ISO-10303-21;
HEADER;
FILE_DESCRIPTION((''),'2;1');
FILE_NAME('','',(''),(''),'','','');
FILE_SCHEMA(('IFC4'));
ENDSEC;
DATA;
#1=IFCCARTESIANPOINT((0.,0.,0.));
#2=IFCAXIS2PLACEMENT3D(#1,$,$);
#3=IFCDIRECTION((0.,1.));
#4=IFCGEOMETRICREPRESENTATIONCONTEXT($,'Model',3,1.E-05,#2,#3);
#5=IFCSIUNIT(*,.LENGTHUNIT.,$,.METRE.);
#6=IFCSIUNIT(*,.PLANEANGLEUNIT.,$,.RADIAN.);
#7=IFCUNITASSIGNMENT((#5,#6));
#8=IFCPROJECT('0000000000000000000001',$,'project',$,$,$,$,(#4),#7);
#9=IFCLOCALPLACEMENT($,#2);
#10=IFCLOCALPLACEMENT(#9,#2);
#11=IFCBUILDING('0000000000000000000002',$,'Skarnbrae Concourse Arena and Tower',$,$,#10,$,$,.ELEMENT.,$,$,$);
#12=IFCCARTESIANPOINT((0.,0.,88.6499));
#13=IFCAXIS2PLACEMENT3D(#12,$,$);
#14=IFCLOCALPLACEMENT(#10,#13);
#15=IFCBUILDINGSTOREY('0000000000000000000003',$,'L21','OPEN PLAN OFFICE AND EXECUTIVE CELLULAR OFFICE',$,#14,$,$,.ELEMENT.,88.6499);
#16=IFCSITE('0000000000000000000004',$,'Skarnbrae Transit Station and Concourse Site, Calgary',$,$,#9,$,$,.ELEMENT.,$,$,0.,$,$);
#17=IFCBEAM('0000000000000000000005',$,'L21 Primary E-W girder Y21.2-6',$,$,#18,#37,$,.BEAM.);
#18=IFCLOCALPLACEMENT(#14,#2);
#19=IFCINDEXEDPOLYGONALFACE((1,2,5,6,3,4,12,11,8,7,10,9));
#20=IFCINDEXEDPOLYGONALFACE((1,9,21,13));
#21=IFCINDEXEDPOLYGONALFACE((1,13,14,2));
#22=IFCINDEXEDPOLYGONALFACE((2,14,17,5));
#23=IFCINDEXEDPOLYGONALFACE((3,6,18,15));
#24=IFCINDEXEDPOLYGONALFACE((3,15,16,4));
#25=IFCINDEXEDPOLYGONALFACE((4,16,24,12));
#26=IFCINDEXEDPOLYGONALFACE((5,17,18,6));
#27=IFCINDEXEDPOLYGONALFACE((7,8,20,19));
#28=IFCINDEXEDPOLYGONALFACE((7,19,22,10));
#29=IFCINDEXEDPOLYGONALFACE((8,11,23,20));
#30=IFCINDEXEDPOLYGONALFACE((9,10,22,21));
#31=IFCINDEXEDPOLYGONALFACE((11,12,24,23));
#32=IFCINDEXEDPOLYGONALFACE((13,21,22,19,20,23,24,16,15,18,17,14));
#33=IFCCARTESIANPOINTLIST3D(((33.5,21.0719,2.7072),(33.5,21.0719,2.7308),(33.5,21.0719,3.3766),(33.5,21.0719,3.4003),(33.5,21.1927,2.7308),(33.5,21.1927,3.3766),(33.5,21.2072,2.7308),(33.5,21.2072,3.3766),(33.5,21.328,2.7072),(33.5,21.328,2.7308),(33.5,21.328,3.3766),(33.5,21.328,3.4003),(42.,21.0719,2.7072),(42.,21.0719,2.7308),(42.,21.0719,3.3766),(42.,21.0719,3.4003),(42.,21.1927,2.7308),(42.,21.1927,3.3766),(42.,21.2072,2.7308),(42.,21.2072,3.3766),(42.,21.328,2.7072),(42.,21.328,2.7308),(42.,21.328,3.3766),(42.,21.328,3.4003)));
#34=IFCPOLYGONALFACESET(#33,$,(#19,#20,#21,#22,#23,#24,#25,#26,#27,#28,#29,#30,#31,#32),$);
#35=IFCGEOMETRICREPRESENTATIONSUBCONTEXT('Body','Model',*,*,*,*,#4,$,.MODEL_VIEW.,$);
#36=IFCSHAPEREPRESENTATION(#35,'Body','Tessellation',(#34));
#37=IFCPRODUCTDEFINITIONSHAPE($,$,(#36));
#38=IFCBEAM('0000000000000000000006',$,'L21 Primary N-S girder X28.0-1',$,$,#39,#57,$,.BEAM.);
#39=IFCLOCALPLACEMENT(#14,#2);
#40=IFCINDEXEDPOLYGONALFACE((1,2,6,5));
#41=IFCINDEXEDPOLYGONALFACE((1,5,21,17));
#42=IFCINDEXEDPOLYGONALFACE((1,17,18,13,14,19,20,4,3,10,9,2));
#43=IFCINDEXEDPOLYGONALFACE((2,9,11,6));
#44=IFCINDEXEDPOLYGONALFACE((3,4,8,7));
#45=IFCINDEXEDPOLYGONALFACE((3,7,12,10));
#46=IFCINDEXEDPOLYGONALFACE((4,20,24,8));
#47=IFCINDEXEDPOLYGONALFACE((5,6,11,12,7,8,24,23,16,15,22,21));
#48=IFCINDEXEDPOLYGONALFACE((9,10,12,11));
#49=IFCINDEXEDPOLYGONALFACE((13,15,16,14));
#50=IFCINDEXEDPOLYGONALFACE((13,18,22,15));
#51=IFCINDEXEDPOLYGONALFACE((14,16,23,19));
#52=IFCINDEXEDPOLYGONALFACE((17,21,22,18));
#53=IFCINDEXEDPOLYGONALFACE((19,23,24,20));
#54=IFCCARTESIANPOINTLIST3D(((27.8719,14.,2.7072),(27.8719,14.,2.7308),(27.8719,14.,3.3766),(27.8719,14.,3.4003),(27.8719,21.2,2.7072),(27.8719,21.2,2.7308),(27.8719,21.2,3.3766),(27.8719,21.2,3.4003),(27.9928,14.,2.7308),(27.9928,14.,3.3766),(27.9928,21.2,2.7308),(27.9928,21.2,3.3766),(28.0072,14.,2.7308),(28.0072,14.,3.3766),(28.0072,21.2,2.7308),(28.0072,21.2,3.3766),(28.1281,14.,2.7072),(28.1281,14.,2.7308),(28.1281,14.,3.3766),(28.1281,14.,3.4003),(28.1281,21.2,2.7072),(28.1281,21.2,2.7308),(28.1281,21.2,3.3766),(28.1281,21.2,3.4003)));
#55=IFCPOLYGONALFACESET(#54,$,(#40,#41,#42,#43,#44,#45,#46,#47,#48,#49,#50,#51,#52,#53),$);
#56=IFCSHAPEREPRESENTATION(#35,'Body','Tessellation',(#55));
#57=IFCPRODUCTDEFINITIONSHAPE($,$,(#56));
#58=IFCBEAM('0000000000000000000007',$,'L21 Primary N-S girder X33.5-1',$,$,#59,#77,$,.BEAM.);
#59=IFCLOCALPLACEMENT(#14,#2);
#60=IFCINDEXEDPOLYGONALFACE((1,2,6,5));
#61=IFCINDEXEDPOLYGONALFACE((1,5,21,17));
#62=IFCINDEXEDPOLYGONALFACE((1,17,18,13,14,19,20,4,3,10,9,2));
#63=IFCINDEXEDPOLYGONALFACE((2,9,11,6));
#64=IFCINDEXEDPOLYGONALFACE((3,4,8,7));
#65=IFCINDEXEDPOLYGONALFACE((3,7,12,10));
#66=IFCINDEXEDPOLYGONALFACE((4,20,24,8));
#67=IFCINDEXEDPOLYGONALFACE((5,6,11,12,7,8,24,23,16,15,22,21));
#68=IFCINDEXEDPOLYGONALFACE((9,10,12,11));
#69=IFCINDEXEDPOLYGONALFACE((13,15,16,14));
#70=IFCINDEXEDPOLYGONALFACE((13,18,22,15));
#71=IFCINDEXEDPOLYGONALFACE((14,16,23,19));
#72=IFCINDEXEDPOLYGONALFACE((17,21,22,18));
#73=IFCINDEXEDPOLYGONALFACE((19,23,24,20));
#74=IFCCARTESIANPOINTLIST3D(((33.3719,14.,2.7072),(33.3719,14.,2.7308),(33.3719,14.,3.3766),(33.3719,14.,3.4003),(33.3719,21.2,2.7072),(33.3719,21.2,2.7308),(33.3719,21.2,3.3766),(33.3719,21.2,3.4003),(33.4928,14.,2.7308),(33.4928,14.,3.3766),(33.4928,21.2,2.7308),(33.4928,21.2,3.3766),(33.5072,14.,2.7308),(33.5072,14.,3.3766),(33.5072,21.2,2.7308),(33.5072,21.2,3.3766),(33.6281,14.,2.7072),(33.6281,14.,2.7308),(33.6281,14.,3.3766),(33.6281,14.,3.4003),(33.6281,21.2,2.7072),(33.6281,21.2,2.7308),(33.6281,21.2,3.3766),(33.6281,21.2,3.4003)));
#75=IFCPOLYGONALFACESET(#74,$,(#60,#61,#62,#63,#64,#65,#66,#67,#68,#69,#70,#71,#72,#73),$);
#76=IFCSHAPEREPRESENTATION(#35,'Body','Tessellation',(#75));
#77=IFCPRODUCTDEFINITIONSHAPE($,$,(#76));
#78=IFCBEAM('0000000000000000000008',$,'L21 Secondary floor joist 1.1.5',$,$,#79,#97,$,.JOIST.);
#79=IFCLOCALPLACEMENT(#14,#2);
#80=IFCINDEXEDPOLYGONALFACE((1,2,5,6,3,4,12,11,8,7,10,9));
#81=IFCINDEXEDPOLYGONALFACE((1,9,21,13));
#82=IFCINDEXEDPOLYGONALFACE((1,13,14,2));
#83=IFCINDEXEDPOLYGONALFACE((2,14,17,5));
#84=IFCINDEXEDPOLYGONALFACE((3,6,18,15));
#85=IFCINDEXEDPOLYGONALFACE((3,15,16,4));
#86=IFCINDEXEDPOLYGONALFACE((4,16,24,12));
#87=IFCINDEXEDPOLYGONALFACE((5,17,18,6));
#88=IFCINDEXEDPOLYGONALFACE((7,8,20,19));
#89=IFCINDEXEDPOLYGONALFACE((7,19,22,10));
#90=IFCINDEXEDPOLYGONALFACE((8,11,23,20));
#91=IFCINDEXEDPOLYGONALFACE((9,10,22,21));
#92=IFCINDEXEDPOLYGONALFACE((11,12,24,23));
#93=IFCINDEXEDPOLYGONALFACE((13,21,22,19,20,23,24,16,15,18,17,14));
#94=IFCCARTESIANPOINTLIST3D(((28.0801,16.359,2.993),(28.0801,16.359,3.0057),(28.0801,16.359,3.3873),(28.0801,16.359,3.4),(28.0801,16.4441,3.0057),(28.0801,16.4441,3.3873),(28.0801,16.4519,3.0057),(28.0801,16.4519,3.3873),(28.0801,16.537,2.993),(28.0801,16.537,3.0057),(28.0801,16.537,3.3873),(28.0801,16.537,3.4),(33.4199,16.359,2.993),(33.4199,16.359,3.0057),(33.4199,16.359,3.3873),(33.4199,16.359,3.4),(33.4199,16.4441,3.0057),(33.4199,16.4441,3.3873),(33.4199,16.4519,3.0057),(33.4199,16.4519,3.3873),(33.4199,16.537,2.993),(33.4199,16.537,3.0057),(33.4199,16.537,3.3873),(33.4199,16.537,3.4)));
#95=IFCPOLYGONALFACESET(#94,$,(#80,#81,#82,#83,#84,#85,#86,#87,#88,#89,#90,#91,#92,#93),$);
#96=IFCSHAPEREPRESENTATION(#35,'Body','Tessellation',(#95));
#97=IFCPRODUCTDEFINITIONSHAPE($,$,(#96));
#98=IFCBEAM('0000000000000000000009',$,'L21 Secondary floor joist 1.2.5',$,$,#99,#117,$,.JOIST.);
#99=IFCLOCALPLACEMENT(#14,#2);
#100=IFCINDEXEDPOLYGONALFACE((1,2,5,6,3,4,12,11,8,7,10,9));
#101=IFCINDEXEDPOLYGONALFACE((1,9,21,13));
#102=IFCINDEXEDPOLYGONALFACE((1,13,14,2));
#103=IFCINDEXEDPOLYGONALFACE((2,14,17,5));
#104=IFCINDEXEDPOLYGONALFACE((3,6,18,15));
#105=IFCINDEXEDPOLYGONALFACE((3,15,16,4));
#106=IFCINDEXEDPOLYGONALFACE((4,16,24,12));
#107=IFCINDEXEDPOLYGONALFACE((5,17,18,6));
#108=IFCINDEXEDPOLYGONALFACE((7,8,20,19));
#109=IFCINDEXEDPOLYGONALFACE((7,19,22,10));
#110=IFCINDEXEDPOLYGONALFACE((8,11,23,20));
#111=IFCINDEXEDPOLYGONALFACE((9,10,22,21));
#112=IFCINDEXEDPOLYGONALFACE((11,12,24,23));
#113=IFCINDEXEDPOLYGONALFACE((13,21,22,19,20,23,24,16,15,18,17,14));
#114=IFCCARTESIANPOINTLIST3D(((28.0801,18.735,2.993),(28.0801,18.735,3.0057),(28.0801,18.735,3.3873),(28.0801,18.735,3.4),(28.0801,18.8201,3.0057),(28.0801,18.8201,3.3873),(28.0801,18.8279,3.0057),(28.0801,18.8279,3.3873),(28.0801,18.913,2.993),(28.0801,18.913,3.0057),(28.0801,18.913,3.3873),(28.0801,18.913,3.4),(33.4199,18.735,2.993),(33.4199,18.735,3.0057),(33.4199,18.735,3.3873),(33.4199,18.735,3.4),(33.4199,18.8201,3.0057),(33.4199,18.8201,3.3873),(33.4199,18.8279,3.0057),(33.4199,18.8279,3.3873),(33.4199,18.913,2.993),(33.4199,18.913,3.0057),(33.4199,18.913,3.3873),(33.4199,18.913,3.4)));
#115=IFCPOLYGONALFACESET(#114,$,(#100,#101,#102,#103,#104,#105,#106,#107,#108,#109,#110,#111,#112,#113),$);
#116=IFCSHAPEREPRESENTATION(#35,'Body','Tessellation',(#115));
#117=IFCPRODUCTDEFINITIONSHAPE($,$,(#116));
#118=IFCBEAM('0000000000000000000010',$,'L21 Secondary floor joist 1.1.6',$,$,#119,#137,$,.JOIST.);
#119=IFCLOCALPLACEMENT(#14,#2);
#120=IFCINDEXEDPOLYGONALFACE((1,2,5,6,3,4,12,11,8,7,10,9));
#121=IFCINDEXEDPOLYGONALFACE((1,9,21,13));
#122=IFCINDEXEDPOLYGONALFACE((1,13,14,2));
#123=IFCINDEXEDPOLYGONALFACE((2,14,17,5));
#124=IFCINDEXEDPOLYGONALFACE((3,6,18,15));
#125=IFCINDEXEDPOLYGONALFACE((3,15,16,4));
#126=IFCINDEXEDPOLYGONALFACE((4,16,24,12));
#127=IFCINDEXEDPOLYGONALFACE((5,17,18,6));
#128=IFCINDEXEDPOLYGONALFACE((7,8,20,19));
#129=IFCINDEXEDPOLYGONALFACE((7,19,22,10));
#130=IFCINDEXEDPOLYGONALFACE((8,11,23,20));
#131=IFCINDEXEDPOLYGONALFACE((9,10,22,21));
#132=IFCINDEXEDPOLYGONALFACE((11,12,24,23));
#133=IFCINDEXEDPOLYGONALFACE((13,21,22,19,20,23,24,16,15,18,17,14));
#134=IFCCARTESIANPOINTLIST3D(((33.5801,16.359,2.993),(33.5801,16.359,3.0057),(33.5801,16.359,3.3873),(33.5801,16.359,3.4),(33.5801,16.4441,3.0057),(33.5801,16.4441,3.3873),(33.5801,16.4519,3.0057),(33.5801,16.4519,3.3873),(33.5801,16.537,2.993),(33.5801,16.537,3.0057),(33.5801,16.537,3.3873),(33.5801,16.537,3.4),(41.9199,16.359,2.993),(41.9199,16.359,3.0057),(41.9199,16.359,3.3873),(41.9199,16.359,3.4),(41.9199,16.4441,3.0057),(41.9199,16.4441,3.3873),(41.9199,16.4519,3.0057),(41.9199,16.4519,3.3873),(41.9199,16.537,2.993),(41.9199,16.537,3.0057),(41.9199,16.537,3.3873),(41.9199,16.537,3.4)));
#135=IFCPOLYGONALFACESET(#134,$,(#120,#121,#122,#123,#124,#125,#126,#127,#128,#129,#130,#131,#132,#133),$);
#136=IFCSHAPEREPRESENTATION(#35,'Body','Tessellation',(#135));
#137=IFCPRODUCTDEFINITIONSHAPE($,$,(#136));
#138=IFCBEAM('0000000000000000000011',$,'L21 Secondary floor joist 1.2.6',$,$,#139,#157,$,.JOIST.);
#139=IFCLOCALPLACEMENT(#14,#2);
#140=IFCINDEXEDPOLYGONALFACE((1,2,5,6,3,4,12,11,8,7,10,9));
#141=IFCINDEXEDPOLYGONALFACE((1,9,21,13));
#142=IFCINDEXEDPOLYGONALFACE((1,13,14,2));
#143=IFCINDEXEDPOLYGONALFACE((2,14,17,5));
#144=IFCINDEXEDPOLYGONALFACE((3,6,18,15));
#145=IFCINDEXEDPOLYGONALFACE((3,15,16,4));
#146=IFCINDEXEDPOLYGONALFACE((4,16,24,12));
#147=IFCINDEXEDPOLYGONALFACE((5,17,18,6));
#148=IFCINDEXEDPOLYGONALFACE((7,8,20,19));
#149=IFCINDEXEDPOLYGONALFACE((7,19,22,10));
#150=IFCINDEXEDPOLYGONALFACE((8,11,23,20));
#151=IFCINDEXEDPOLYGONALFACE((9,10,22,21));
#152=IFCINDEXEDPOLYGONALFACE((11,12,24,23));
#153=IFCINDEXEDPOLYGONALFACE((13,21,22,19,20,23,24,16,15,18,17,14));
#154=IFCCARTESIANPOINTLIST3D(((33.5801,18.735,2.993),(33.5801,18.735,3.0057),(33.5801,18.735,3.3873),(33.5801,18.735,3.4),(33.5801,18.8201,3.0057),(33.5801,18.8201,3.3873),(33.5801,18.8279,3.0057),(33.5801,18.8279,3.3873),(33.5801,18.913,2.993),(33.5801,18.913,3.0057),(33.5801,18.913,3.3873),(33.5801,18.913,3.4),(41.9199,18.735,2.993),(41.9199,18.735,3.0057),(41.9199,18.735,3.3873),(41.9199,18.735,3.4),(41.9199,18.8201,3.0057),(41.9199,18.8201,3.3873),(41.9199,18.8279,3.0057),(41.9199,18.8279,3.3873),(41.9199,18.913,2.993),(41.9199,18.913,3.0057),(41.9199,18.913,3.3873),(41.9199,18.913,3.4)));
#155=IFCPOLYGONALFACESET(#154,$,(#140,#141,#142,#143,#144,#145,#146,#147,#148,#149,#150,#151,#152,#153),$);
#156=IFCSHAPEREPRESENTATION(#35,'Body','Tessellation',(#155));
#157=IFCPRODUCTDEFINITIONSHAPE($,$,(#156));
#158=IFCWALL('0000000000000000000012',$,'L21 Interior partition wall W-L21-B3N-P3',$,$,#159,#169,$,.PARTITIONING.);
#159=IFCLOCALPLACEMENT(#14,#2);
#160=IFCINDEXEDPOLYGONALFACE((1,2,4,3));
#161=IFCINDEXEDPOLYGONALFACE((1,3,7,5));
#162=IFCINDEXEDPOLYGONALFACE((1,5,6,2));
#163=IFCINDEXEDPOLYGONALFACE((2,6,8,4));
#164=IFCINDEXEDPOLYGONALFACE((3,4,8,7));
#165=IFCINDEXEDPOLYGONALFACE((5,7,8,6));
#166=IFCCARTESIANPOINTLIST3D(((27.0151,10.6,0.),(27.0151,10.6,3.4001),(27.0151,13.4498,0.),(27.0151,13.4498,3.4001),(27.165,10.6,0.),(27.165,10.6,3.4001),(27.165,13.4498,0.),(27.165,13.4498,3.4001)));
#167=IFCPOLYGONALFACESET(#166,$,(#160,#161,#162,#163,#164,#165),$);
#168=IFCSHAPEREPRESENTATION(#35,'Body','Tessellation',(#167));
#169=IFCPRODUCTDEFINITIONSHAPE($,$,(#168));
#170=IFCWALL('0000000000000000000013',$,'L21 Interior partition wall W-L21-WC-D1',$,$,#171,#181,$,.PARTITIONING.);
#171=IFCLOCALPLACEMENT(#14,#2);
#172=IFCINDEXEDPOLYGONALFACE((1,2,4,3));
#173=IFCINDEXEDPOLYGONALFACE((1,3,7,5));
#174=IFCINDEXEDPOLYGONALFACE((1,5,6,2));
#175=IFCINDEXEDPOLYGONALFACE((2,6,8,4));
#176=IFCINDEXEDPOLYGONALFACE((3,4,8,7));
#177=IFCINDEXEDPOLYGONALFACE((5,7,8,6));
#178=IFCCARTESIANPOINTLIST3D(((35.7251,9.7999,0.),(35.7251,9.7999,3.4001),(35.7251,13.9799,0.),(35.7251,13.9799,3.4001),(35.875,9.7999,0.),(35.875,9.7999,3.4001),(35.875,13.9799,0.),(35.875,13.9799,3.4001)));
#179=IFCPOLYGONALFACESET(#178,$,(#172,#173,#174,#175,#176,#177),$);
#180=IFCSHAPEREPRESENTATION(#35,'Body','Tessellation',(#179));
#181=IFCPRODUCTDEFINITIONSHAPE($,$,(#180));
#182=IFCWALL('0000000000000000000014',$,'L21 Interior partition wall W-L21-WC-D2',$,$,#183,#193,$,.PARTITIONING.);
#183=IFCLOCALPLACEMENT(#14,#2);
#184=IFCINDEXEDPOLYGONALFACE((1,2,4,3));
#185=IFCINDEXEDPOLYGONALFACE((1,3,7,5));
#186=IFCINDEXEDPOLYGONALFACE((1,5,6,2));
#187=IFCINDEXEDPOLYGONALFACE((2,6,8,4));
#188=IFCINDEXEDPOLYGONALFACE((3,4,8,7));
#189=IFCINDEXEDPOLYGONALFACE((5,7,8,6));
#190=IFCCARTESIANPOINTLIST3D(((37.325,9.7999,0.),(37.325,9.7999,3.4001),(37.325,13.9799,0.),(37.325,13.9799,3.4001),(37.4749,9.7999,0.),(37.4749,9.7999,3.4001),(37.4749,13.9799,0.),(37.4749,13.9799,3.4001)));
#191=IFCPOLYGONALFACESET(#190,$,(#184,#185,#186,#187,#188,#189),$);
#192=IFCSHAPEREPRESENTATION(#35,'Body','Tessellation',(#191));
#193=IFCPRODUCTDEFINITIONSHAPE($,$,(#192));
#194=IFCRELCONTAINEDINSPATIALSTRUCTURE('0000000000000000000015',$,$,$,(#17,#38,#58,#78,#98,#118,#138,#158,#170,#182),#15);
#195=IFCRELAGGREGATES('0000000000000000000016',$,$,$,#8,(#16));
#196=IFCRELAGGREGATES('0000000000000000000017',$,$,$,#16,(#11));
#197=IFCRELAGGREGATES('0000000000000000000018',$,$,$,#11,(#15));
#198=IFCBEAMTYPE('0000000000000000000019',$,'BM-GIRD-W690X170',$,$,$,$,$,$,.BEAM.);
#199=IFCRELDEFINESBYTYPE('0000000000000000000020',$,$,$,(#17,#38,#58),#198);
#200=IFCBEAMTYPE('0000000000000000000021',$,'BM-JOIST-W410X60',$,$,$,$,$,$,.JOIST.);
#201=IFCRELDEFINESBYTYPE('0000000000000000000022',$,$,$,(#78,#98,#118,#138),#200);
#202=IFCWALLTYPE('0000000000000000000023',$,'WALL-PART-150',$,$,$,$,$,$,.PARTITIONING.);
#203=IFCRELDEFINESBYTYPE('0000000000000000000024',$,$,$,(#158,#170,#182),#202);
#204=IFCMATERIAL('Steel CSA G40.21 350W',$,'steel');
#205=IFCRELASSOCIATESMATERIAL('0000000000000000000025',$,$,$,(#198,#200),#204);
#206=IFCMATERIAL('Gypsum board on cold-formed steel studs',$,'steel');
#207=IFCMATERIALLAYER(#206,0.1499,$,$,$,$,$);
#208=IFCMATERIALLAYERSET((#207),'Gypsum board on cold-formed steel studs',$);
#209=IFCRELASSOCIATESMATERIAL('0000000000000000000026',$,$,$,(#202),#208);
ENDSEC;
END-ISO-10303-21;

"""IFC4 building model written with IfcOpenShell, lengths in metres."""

from ifc_helpers import new_model, si_unit, direction, frame, frame_2d, origin, origin_2d, place, context, subcontext, project, spatial, rectangle, i_section, extrude, source, transform, mapped, material, layer, layer_set, material_profile, profile_set, type_object, element, save


model = new_model("IFC4")

# Units and contexts
model_context = context("Model", 3, precision=1e-05, world=origin(), true_north=direction((0.0, 1.0)))
body_context = subcontext(model_context, "Body", "Model", "MODEL_VIEW")
ifc_project = project(units=[si_unit("LENGTHUNIT", "METRE"), si_unit("PLANEANGLEUNIT", "RADIAN")], contexts=[model_context])

# Site, building, storey
site_placement = place(None, origin())
site = spatial("IfcSite", under=ifc_project, at=site_placement, Name="Skarnbrae Transit Station and Concourse Site, Calgary", CompositionType="ELEMENT", RefElevation=0.0)
building_placement = place(site_placement, origin())
building = spatial("IfcBuilding", under=site, at=building_placement, Name="Skarnbrae Concourse Arena and Tower", CompositionType="ELEMENT")
storey_placement = place(building_placement, frame((0.0, 0.0, 88.6499)))
storey = spatial("IfcBuildingStorey", under=building, at=storey_placement, Name="L21", Description="OPEN PLAN OFFICE AND EXECUTIVE CELLULAR OFFICE", CompositionType="ELEMENT", Elevation=88.6499)

# Shared definitions
ifc_material_1 = material(Name="Steel CSA G40.21 350W", Category="steel")

# Beams
ifc_material_profile_1 = material_profile(ifc_material_1, i_section(OverallWidth=0.2561, OverallDepth=0.6931, WebThickness=0.0144, FlangeThickness=0.0237, at=origin_2d()), Name="W690X170")
ifc_profile_set_1 = profile_set([ifc_material_profile_1], Name="Steel CSA G40.21 350W")
beam_type_1 = type_object("IfcBeamType", Name="BM-GIRD-W690X170", PredefinedType="BEAM", material=ifc_profile_set_1)
shared_shape_1 = source(origin(), body_context, "Body", "SweptSolid", [
    extrude(i_section(OverallWidth=0.2561, OverallDepth=0.6931, WebThickness=0.0144, FlangeThickness=0.0237, at=origin_2d()), origin(), (0.0, 0.0, 1.0), 8.5),
])
for number, where, z_axis, x_axis, name in (
    (1, (33.5, 21.2, 3.0537), (1.0, 0.0, 0.0), (0.0, 1.0, 0.0), "L21 Primary E-W girder Y21.2-6"),
):
    element("IfcBeam", number, at=place(storey_placement, frame(where, z_axis=z_axis, x_axis=x_axis)), inside=storey, type_object=beam_type_1, Name=name, PredefinedType="BEAM", context=body_context, shape_type="MappedRepresentation", body=[
        mapped(shared_shape_1, transform((0.0, 0.0, 0.0))),
    ])
shared_shape_2 = source(origin(), body_context, "Body", "SweptSolid", [
    extrude(i_section(OverallWidth=0.2561, OverallDepth=0.6931, WebThickness=0.0144, FlangeThickness=0.0237, at=origin_2d()), origin(), (0.0, 0.0, 1.0), 7.2),
])
for number, where, z_axis, x_axis, name in (
    (2, (28.0, 14.0, 3.0537), (0.0, 1.0, 0.0), (-1.0, 0.0, 0.0), "L21 Primary N-S girder X28.0-1"),
    (3, (33.5, 14.0, 3.0537), (0.0, 1.0, 0.0), (-1.0, 0.0, 0.0), "L21 Primary N-S girder X33.5-1"),
):
    element("IfcBeam", number, at=place(storey_placement, frame(where, z_axis=z_axis, x_axis=x_axis)), inside=storey, type_object=beam_type_1, Name=name, PredefinedType="BEAM", context=body_context, shape_type="MappedRepresentation", body=[
        mapped(shared_shape_2, transform((0.0, 0.0, 0.0))),
    ])
ifc_material_profile_2 = material_profile(ifc_material_1, i_section(OverallWidth=0.178, OverallDepth=0.407, WebThickness=0.0078, FlangeThickness=0.0127, at=origin_2d()), Name="W410X60")
ifc_profile_set_2 = profile_set([ifc_material_profile_2], Name="Steel CSA G40.21 350W")
beam_type_2 = type_object("IfcBeamType", Name="BM-JOIST-W410X60", PredefinedType="JOIST", material=ifc_profile_set_2)
shared_shape_3 = source(origin(), body_context, "Body", "SweptSolid", [
    extrude(i_section(OverallWidth=0.178, OverallDepth=0.407, WebThickness=0.0078, FlangeThickness=0.0127, at=origin_2d()), origin(), (0.0, 0.0, 1.0), 5.3398),
])
for number, where, z_axis, x_axis, name in (
    (4, (28.0801, 16.448, 3.1965), (1.0, 0.0, 0.0), (0.0, 1.0, 0.0), "L21 Secondary floor joist 1.1.5"),
    (5, (28.0801, 18.824, 3.1965), (1.0, 0.0, 0.0), (0.0, 1.0, 0.0), "L21 Secondary floor joist 1.2.5"),
):
    element("IfcBeam", number, at=place(storey_placement, frame(where, z_axis=z_axis, x_axis=x_axis)), inside=storey, type_object=beam_type_2, Name=name, PredefinedType="JOIST", context=body_context, shape_type="MappedRepresentation", body=[
        mapped(shared_shape_3, transform((0.0, 0.0, 0.0))),
    ])
shared_shape_4 = source(origin(), body_context, "Body", "SweptSolid", [
    extrude(i_section(OverallWidth=0.178, OverallDepth=0.407, WebThickness=0.0078, FlangeThickness=0.0127, at=origin_2d()), origin(), (0.0, 0.0, 1.0), 8.3398),
])
for number, where, z_axis, x_axis, name in (
    (6, (33.5801, 16.448, 3.1965), (1.0, 0.0, 0.0), (0.0, 1.0, 0.0), "L21 Secondary floor joist 1.1.6"),
    (7, (33.5801, 18.824, 3.1965), (1.0, 0.0, 0.0), (0.0, 1.0, 0.0), "L21 Secondary floor joist 1.2.6"),
):
    element("IfcBeam", number, at=place(storey_placement, frame(where, z_axis=z_axis, x_axis=x_axis)), inside=storey, type_object=beam_type_2, Name=name, PredefinedType="JOIST", context=body_context, shape_type="MappedRepresentation", body=[
        mapped(shared_shape_4, transform((0.0, 0.0, 0.0))),
    ])

# Walls
ifc_material_2 = material(Name="Gypsum board on cold-formed steel studs", Category="steel")
ifc_layer_1 = layer(ifc_material_2, 0.1499)
ifc_layer_set_1 = layer_set([ifc_layer_1], Name="Gypsum board on cold-formed steel studs")
wall_type_1 = type_object("IfcWallType", Name="WALL-PART-150", PredefinedType="PARTITIONING", material=ifc_layer_set_1)
shared_shape_5 = source(origin(), body_context, "Body", "SweptSolid", [
    extrude(rectangle(XDim=2.8499, YDim=0.1499, at=frame_2d((1.4248, 0.0))), origin(), (0.0, 0.0, 1.0), 3.4001),
])
wall_1_placement = place(storey_placement, frame((27.0901, 10.6001, 0.0), z_axis=(0.0, 0.0, 1.0), x_axis=(0.0, 1.0, 0.0)))
element("IfcWall", 8, at=wall_1_placement, inside=storey, type_object=wall_type_1, Name="L21 Interior partition wall W-L21-B3N-P3", PredefinedType="PARTITIONING", context=body_context, shape_type="MappedRepresentation", body=[
    mapped(shared_shape_5, transform((0.0, 0.0, 0.0))),
])
shared_shape_6 = source(origin(), body_context, "Body", "SweptSolid", [
    extrude(rectangle(XDim=4.1799, YDim=0.1499, at=frame_2d((2.0898, 0.0))), origin(), (0.0, 0.0, 1.0), 3.4001),
])
for number, where, z_axis, x_axis, name in (
    (9, (35.8, 9.8, 0.0), (0.0, 0.0, 1.0), (0.0, 1.0, 0.0), "L21 Interior partition wall W-L21-WC-D1"),
    (10, (37.3999, 9.8, 0.0), (0.0, 0.0, 1.0), (0.0, 1.0, 0.0), "L21 Interior partition wall W-L21-WC-D2"),
):
    element("IfcWall", number, at=place(storey_placement, frame(where, z_axis=z_axis, x_axis=x_axis)), inside=storey, type_object=wall_type_1, Name=name, PredefinedType="PARTITIONING", context=body_context, shape_type="MappedRepresentation", body=[
        mapped(shared_shape_6, transform((0.0, 0.0, 0.0))),
    ])

save(model, "model.ifc")
